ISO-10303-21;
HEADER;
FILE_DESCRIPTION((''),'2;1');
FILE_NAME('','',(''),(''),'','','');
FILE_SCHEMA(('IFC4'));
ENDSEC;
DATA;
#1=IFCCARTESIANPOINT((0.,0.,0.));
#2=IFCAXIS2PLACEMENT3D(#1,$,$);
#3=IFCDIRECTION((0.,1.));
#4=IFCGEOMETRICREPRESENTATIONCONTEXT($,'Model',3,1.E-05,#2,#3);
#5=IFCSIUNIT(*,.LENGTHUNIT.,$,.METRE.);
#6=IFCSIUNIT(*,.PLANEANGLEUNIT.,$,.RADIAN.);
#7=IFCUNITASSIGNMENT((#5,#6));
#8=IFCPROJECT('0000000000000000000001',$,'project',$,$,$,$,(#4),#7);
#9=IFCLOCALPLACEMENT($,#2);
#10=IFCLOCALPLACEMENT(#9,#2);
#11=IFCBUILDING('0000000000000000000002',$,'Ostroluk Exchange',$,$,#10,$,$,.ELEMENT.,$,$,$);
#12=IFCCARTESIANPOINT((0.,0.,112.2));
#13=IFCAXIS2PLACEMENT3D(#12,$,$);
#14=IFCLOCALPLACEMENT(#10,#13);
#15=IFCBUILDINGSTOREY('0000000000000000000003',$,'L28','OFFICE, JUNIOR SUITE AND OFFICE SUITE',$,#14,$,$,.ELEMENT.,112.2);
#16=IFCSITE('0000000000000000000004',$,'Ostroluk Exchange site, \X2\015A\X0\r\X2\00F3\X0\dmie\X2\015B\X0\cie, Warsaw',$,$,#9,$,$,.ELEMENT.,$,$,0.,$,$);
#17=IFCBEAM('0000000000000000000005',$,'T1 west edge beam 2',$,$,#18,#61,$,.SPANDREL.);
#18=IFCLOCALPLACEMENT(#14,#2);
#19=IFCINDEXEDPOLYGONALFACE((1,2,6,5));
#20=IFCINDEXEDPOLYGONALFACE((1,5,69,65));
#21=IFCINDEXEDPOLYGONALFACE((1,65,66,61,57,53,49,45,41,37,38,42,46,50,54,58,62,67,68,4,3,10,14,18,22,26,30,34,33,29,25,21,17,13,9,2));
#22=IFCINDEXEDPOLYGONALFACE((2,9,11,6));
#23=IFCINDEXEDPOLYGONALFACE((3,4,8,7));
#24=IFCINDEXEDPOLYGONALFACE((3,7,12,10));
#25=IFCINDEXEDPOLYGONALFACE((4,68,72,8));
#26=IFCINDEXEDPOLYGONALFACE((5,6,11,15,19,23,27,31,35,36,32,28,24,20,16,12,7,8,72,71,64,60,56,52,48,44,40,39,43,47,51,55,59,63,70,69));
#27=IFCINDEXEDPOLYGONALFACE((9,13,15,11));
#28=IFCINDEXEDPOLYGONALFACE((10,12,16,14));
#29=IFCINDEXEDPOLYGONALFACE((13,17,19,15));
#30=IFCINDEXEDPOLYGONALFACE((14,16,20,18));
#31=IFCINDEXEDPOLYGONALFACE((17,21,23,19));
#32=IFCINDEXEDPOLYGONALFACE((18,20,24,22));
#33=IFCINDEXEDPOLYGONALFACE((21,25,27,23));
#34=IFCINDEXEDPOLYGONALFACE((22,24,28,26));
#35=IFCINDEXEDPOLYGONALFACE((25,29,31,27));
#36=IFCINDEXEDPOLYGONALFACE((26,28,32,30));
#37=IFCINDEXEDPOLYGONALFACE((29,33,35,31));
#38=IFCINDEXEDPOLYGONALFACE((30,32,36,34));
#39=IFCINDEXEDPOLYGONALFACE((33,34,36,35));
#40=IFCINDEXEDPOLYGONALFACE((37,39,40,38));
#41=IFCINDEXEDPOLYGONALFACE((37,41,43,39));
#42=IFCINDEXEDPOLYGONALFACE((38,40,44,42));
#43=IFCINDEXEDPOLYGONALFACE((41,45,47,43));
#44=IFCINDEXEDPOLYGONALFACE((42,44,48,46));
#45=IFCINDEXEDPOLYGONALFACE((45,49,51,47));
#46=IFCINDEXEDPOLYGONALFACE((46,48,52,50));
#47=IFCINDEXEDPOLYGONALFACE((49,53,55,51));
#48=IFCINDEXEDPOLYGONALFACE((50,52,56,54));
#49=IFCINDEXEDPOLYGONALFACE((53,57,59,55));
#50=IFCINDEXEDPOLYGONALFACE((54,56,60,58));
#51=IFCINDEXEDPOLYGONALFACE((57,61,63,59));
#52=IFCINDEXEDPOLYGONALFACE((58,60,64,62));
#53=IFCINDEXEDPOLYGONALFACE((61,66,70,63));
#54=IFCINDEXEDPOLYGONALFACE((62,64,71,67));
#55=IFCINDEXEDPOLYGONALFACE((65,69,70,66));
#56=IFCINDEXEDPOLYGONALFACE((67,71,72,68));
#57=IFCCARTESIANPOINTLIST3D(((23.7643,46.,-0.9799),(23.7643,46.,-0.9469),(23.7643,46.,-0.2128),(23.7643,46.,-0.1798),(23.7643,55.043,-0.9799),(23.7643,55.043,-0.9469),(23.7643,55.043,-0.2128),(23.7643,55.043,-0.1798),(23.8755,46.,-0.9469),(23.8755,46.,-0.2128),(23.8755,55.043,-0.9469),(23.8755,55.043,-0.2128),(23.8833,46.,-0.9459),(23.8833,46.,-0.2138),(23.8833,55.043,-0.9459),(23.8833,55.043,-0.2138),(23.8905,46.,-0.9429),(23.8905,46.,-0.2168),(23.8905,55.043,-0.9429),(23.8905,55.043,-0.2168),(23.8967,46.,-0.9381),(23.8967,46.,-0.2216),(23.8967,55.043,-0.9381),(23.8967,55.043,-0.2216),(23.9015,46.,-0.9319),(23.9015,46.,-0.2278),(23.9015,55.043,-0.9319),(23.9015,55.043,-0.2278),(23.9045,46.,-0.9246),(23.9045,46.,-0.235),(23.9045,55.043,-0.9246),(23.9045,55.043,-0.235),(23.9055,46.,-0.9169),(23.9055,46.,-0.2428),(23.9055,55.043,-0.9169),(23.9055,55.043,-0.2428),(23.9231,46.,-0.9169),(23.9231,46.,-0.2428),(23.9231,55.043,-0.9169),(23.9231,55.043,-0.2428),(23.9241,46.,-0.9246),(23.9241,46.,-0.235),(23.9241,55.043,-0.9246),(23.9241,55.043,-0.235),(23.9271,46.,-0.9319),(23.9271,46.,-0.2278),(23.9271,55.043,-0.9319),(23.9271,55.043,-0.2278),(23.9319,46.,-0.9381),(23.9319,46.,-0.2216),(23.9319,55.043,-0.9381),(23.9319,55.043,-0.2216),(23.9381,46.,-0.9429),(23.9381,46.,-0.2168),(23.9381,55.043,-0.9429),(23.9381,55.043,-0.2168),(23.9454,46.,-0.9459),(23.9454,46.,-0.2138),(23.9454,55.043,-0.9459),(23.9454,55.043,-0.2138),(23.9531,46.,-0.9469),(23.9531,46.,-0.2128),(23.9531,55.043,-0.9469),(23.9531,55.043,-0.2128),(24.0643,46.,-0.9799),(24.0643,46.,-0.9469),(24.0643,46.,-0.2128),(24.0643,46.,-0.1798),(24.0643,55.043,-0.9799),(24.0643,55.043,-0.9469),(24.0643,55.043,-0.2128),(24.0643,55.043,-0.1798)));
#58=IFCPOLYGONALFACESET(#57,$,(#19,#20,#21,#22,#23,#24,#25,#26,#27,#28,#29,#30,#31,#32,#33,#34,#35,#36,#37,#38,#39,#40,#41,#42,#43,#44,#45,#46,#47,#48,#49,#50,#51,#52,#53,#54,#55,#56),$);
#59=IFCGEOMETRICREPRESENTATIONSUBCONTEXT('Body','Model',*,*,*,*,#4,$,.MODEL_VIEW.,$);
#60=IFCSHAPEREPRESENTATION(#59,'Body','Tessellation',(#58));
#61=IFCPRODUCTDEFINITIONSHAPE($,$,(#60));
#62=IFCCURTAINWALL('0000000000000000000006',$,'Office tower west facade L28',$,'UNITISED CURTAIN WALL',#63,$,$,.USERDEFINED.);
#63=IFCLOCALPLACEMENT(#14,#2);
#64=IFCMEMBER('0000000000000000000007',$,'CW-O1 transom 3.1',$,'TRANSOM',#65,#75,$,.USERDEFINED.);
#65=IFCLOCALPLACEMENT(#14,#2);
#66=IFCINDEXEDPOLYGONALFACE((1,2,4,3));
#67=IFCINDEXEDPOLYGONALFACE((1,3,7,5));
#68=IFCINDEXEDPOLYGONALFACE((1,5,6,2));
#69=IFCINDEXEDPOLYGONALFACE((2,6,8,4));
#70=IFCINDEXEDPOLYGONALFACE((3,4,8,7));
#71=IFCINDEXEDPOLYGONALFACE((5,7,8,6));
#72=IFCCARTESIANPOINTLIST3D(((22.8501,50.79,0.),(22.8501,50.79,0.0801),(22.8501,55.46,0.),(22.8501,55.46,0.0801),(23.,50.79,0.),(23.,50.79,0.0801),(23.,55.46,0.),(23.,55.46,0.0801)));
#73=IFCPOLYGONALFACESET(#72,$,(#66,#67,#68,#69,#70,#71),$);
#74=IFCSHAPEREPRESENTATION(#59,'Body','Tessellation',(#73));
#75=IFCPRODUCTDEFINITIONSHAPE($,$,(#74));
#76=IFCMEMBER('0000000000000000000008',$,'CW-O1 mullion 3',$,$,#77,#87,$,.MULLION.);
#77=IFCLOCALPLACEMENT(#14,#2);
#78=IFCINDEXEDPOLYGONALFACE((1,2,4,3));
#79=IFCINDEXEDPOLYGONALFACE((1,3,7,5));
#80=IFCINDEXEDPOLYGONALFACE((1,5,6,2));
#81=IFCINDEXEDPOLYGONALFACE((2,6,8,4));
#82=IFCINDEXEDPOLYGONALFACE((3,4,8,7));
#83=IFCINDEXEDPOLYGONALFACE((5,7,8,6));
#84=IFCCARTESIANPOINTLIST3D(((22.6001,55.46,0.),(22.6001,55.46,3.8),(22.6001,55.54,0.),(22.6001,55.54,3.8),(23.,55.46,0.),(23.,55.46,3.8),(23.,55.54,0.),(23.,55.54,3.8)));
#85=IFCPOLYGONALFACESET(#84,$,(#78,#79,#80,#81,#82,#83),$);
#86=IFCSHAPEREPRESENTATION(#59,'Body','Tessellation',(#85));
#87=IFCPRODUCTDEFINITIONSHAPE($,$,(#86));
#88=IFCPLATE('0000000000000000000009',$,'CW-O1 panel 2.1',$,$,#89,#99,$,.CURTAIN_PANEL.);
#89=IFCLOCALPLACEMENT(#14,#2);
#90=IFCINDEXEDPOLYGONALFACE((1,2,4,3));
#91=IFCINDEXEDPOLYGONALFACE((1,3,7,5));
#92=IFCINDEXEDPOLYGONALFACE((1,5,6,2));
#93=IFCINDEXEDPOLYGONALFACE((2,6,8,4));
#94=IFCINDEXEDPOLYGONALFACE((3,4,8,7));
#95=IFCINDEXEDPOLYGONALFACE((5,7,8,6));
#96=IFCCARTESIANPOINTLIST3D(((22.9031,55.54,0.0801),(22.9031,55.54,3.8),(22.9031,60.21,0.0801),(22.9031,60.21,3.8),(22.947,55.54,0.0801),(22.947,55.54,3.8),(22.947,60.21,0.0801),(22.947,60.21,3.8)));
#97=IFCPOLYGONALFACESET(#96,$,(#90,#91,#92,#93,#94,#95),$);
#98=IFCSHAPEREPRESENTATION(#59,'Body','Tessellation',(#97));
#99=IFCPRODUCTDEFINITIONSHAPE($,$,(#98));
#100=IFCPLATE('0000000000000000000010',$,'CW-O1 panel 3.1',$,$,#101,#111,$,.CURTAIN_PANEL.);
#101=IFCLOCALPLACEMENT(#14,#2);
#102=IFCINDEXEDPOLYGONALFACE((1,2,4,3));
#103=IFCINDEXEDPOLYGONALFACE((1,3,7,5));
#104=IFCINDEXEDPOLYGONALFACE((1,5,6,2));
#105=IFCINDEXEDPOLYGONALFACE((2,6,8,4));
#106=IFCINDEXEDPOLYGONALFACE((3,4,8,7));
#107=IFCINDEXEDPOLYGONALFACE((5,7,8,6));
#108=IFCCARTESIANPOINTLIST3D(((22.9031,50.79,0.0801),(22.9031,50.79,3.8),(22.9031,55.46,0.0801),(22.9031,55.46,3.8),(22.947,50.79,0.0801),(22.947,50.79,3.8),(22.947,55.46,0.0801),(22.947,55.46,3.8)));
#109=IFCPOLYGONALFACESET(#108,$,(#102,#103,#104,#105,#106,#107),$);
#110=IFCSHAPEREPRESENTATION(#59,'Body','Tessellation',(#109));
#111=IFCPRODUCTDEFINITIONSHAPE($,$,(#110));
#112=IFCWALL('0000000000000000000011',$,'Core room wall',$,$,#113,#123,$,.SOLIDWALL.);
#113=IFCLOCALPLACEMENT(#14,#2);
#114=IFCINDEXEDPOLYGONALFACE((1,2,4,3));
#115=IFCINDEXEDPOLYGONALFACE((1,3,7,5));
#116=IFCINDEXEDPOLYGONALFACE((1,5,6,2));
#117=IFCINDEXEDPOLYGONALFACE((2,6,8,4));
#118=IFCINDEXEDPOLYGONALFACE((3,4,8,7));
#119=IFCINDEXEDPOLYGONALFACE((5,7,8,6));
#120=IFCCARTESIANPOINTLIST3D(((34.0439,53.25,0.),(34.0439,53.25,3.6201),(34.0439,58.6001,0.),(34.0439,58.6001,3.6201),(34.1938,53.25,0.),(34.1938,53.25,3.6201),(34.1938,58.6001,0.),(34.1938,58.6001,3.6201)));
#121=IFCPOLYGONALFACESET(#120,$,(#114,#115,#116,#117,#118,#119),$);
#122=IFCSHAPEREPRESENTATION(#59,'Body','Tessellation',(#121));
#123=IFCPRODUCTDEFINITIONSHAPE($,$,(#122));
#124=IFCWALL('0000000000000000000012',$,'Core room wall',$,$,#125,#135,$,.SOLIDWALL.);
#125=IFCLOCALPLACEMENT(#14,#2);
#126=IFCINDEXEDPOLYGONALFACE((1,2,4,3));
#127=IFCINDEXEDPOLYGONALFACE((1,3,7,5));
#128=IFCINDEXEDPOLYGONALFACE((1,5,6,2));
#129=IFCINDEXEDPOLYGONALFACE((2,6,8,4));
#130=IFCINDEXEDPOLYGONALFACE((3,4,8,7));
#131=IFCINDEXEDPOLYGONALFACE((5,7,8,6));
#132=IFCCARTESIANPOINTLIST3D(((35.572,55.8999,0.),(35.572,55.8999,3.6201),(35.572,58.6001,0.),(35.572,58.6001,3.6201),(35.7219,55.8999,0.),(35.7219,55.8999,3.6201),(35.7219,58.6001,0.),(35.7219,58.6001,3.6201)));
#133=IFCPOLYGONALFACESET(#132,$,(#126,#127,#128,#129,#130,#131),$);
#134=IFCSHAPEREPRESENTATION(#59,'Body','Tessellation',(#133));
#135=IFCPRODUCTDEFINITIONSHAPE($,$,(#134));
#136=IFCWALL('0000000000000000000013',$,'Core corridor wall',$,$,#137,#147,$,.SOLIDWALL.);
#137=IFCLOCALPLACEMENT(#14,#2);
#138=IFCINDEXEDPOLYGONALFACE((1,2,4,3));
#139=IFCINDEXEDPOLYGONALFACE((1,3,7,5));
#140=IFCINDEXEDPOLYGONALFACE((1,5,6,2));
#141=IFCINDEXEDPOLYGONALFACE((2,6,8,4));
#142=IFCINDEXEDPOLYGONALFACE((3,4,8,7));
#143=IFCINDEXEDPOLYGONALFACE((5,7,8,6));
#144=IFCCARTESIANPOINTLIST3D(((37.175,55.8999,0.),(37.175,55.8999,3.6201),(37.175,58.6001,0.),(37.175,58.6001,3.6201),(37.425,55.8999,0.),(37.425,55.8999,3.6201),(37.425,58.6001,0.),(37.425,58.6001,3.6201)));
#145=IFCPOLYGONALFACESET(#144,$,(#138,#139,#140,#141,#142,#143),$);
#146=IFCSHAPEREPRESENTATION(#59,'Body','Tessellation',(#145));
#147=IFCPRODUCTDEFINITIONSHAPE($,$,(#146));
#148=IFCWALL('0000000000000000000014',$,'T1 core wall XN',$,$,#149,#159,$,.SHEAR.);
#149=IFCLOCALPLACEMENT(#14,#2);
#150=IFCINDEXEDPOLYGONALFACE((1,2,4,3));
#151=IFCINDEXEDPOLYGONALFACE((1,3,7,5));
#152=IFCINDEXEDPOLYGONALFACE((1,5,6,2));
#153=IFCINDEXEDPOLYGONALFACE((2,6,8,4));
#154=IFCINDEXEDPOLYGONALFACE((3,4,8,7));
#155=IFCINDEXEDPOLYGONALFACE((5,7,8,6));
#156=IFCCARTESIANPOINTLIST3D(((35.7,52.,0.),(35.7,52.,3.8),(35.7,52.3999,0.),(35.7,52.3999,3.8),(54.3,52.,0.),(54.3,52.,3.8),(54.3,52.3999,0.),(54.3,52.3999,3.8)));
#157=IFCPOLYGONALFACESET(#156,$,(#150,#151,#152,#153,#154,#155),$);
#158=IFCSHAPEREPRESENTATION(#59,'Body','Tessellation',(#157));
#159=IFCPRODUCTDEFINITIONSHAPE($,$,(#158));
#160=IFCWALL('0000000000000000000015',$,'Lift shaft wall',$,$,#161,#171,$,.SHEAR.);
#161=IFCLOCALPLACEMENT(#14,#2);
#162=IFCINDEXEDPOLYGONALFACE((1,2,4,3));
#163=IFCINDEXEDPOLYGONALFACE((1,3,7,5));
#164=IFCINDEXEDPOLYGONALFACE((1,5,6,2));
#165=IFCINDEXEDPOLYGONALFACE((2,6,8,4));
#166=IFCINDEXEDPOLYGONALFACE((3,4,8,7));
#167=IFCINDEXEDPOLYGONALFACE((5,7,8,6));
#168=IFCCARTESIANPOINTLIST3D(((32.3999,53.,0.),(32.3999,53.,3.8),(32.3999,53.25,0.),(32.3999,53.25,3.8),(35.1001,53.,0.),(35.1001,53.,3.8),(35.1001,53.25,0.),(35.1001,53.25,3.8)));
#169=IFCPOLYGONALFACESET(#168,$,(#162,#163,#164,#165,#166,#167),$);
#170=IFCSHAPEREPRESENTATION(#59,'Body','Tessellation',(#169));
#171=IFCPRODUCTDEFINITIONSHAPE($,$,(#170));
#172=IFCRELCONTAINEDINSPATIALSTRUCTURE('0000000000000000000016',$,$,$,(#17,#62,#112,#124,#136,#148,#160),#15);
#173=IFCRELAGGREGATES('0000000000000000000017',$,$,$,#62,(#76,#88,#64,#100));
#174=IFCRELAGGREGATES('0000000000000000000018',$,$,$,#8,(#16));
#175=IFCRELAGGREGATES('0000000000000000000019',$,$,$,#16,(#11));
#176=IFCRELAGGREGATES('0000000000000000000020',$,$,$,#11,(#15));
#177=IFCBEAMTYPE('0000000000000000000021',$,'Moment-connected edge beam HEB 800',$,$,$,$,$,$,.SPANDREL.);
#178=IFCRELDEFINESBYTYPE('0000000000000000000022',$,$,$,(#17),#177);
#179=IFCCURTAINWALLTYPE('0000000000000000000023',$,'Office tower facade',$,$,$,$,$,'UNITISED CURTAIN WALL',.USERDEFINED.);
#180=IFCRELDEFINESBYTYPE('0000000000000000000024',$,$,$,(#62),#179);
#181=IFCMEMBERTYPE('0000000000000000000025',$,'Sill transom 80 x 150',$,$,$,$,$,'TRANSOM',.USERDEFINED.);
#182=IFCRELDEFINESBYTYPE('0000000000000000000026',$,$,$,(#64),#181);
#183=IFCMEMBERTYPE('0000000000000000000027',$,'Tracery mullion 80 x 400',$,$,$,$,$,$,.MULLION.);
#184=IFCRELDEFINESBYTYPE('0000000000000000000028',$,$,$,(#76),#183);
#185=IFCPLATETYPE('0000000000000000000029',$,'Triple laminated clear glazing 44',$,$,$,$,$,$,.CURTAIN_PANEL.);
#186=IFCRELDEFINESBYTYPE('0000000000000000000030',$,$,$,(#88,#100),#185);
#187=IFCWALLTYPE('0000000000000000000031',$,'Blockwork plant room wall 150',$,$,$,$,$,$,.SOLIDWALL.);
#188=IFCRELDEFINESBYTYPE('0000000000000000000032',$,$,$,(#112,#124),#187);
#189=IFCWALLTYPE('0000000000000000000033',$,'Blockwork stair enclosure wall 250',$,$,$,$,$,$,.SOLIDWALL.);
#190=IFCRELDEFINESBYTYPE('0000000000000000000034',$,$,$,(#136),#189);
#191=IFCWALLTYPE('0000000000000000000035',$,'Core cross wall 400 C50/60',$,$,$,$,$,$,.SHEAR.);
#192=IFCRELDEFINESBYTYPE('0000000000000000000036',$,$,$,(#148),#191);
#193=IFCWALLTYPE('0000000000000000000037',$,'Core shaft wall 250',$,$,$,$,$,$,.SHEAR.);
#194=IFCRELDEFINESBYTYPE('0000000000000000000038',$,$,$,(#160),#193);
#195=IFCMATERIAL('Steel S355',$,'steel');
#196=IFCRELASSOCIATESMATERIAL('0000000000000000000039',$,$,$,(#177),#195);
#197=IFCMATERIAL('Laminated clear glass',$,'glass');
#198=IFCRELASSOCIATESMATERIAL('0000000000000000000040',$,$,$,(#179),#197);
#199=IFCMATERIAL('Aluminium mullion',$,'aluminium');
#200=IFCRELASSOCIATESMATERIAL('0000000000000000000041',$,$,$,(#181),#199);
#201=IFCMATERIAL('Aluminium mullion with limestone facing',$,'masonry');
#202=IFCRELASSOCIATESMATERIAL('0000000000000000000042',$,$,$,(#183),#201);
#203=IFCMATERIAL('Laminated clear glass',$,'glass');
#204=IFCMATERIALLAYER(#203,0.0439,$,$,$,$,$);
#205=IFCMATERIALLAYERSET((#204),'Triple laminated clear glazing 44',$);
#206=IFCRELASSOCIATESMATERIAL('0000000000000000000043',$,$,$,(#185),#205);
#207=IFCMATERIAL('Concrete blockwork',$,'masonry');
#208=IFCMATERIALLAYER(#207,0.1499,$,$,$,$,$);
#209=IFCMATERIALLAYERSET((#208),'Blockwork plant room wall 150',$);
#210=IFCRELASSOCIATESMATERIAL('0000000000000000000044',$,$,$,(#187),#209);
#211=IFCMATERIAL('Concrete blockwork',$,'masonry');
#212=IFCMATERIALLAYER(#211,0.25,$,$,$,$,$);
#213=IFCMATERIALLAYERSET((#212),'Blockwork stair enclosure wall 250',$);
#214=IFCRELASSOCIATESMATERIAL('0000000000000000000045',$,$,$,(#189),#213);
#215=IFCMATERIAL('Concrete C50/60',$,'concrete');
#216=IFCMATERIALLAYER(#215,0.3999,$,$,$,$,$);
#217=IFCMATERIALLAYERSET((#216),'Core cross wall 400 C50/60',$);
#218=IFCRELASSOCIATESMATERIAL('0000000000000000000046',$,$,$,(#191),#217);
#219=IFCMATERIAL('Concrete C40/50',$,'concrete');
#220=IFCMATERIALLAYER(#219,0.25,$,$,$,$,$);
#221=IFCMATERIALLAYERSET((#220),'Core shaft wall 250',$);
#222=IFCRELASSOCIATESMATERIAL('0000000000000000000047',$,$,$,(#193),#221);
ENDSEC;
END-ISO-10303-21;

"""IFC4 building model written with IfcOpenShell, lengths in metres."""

from ifc_helpers import new_model, si_unit, direction, frame, frame_2d, origin, origin_2d, place, context, subcontext, project, spatial, rectangle, i_section, extrude, material, layer, layer_set, material_profile, profile_set, type_object, element, aggregate, save


model = new_model("IFC4")

# Units and contexts
model_context = context("Model", 3, precision=1e-05, world=origin(), true_north=direction((0.0, 1.0)))
body_context = subcontext(model_context, "Body", "Model", "MODEL_VIEW")
ifc_project = project(units=[si_unit("LENGTHUNIT", "METRE"), si_unit("PLANEANGLEUNIT", "RADIAN")], contexts=[model_context])

# Site, building, storey
site_placement = place(None, origin())
site = spatial("IfcSite", under=ifc_project, at=site_placement, Name="Ostroluk Exchange site, Śródmieście, Warsaw", CompositionType="ELEMENT", RefElevation=0.0)
building_placement = place(site_placement, origin())
building = spatial("IfcBuilding", under=site, at=building_placement, Name="Ostroluk Exchange", CompositionType="ELEMENT")
storey_placement = place(building_placement, frame((0.0, 0.0, 112.2)))
storey = spatial("IfcBuildingStorey", under=building, at=storey_placement, Name="L28", Description="OFFICE, JUNIOR SUITE AND OFFICE SUITE", CompositionType="ELEMENT", Elevation=112.2)

# Beam
ifc_material_1 = material(Name="Steel S355", Category="steel")
ifc_material_profile_1 = material_profile(ifc_material_1, i_section(OverallWidth=0.3, OverallDepth=0.8, WebThickness=0.0176, FlangeThickness=0.033, FilletRadius=0.03, at=origin_2d()), Name="HEB 800")
ifc_profile_set_1 = profile_set([ifc_material_profile_1], Name="Steel S355")
beam_type_1 = type_object("IfcBeamType", Name="Moment-connected edge beam HEB 800", PredefinedType="SPANDREL", material=ifc_profile_set_1)
beam_1_placement = place(storey_placement, frame((23.9143, 55.043, -0.5798), z_axis=(0.0, -1.0, 0.0), x_axis=(1.0, 0.0, 0.0)))
element("IfcBeam", 1, at=beam_1_placement, inside=storey, type_object=beam_type_1, Name="T1 west edge beam 2", PredefinedType="SPANDREL", context=body_context, shape_type="SweptSolid", body=[
    extrude(i_section(OverallWidth=0.3, OverallDepth=0.8, WebThickness=0.0176, FlangeThickness=0.033, FilletRadius=0.03, at=origin_2d()), origin(), (0.0, 0.0, 1.0), 9.043),
])

# Curtain wall, members, plates
ifc_material_2 = material(Name="Laminated clear glass", Category="glass")
curtain_wall_type = type_object("IfcCurtainWallType", Name="Office tower facade", ElementType="UNITISED CURTAIN WALL", PredefinedType="USERDEFINED", material=ifc_material_2)
curtain_wall_placement = place(storey_placement, origin())
curtain_wall = element("IfcCurtainWall", 2, at=curtain_wall_placement, inside=storey, type_object=curtain_wall_type, Name="Office tower west facade L28", ObjectType="UNITISED CURTAIN WALL", PredefinedType="USERDEFINED")
ifc_material_3 = material(Name="Aluminium mullion", Category="aluminium")
ifc_material_profile_2 = material_profile(ifc_material_3, rectangle(XDim=0.1499, YDim=0.0801, at=origin_2d()), Name="Sill transom 80 x 150")
ifc_profile_set_2 = profile_set([ifc_material_profile_2], Name="Aluminium mullion")
member_type_1 = type_object("IfcMemberType", Name="Sill transom 80 x 150", ElementType="TRANSOM", PredefinedType="USERDEFINED", material=ifc_profile_set_2)
member_1_placement = place(storey_placement, frame((22.925, 55.46, 0.04), z_axis=(0.0, -1.0, 0.0), x_axis=(1.0, 0.0, 0.0)))
member_1 = element("IfcMember", 3, at=member_1_placement, type_object=member_type_1, Name="CW-O1 transom 3.1", ObjectType="TRANSOM", PredefinedType="USERDEFINED", context=body_context, shape_type="SweptSolid", body=[
    extrude(rectangle(XDim=0.1499, YDim=0.0801, at=origin_2d()), origin(), (0.0, 0.0, 1.0), 4.6699),
])
ifc_material_4 = material(Name="Aluminium mullion with limestone facing", Category="masonry")
ifc_material_profile_3 = material_profile(ifc_material_4, rectangle(XDim=0.3999, YDim=0.0801, at=origin_2d()), Name="Tracery mullion 80 x 400")
ifc_profile_set_3 = profile_set([ifc_material_profile_3], Name="Aluminium mullion with limestone facing")
member_type_2 = type_object("IfcMemberType", Name="Tracery mullion 80 x 400", PredefinedType="MULLION", material=ifc_profile_set_3)
member_2_placement = place(storey_placement, frame((22.8, 55.5, 0.0), z_axis=(0.0, 0.0, 1.0), x_axis=(1.0, 0.0, 0.0)))
member_2 = element("IfcMember", 4, at=member_2_placement, type_object=member_type_2, Name="CW-O1 mullion 3", PredefinedType="MULLION", context=body_context, shape_type="SweptSolid", body=[
    extrude(rectangle(XDim=0.3999, YDim=0.0801, at=origin_2d()), origin(), (0.0, 0.0, 1.0), 3.8),
])
ifc_material_5 = material(Name="Laminated clear glass", Category="glass")
ifc_layer_1 = layer(ifc_material_5, 0.0439)
ifc_layer_set_1 = layer_set([ifc_layer_1], Name="Triple laminated clear glazing 44")
plate_type = type_object("IfcPlateType", Name="Triple laminated clear glazing 44", PredefinedType="CURTAIN_PANEL", material=ifc_layer_set_1)
plate_1_placement = place(storey_placement, frame((22.925, 57.875, 0.0801), z_axis=(0.0, 0.0, 1.0), x_axis=(0.0, -1.0, 0.0)))
plate_1 = element("IfcPlate", 5, at=plate_1_placement, type_object=plate_type, Name="CW-O1 panel 2.1", PredefinedType="CURTAIN_PANEL", context=body_context, shape_type="SweptSolid", body=[
    extrude(rectangle(XDim=4.6699, YDim=0.0439, at=origin_2d()), origin(), (0.0, 0.0, 1.0), 3.72),
])
plate_2_placement = place(storey_placement, frame((22.925, 53.125, 0.0801), z_axis=(0.0, 0.0, 1.0), x_axis=(0.0, -1.0, 0.0)))
plate_2 = element("IfcPlate", 6, at=plate_2_placement, type_object=plate_type, Name="CW-O1 panel 3.1", PredefinedType="CURTAIN_PANEL", context=body_context, shape_type="SweptSolid", body=[
    extrude(rectangle(XDim=4.6699, YDim=0.0439, at=origin_2d()), origin(), (0.0, 0.0, 1.0), 3.72),
])
aggregate(curtain_wall, [member_2, plate_1, member_1, plate_2])

# Walls
ifc_material_6 = material(Name="Concrete blockwork", Category="masonry")
ifc_layer_2 = layer(ifc_material_6, 0.1499)
ifc_layer_set_2 = layer_set([ifc_layer_2], Name="Blockwork plant room wall 150")
wall_type_1 = type_object("IfcWallType", Name="Blockwork plant room wall 150", PredefinedType="SOLIDWALL", material=ifc_layer_set_2)
wall_1_placement = place(storey_placement, frame((34.1189, 53.25, 0.0), z_axis=(0.0, 0.0, 1.0), x_axis=(0.0, 1.0, 0.0)))
element("IfcWall", 7, at=wall_1_placement, inside=storey, type_object=wall_type_1, Name="Core room wall", PredefinedType="SOLIDWALL", context=body_context, shape_type="SweptSolid", body=[
    extrude(rectangle(XDim=5.3501, YDim=0.1499, at=frame_2d((2.675, 0.0))), origin(), (0.0, 0.0, 1.0), 3.6201),
])
wall_2_placement = place(storey_placement, frame((35.647, 55.8999, 0.0), z_axis=(0.0, 0.0, 1.0), x_axis=(0.0, 1.0, 0.0)))
element("IfcWall", 8, at=wall_2_placement, inside=storey, type_object=wall_type_1, Name="Core room wall", PredefinedType="SOLIDWALL", context=body_context, shape_type="SweptSolid", body=[
    extrude(rectangle(XDim=2.7002, YDim=0.1499, at=frame_2d((1.3501, 0.0))), origin(), (0.0, 0.0, 1.0), 3.6201),
])
ifc_material_7 = material(Name="Concrete blockwork", Category="masonry")
ifc_layer_3 = layer(ifc_material_7, 0.25)
ifc_layer_set_3 = layer_set([ifc_layer_3], Name="Blockwork stair enclosure wall 250")
wall_type_2 = type_object("IfcWallType", Name="Blockwork stair enclosure wall 250", PredefinedType="SOLIDWALL", material=ifc_layer_set_3)
wall_3_placement = place(storey_placement, frame((37.3, 55.8999, 0.0), z_axis=(0.0, 0.0, 1.0), x_axis=(0.0, 1.0, 0.0)))
element("IfcWall", 9, at=wall_3_placement, inside=storey, type_object=wall_type_2, Name="Core corridor wall", PredefinedType="SOLIDWALL", context=body_context, shape_type="SweptSolid", body=[
    extrude(rectangle(XDim=2.7002, YDim=0.25, at=frame_2d((1.3501, 0.0))), origin(), (0.0, 0.0, 1.0), 3.6201),
])
ifc_material_8 = material(Name="Concrete C50/60", Category="concrete")
ifc_layer_4 = layer(ifc_material_8, 0.3999)
ifc_layer_set_4 = layer_set([ifc_layer_4], Name="Core cross wall 400 C50/60")
wall_type_3 = type_object("IfcWallType", Name="Core cross wall 400 C50/60", PredefinedType="SHEAR", material=ifc_layer_set_4)
wall_4_placement = place(storey_placement, frame((35.7, 52.2, 0.0), z_axis=(0.0, 0.0, 1.0), x_axis=(1.0, 0.0, 0.0)))
element("IfcWall", 10, at=wall_4_placement, inside=storey, type_object=wall_type_3, Name="T1 core wall XN", PredefinedType="SHEAR", context=body_context, shape_type="SweptSolid", body=[
    extrude(rectangle(XDim=18.6001, YDim=0.3999, at=frame_2d((9.3, 0.0))), origin(), (0.0, 0.0, 1.0), 3.8),
])
ifc_material_9 = material(Name="Concrete C40/50", Category="concrete")
ifc_layer_5 = layer(ifc_material_9, 0.25)
ifc_layer_set_5 = layer_set([ifc_layer_5], Name="Core shaft wall 250")
wall_type_4 = type_object("IfcWallType", Name="Core shaft wall 250", PredefinedType="SHEAR", material=ifc_layer_set_5)
wall_5_placement = place(storey_placement, frame((32.3999, 53.125, 0.0), z_axis=(0.0, 0.0, 1.0), x_axis=(1.0, 0.0, 0.0)))
element("IfcWall", 11, at=wall_5_placement, inside=storey, type_object=wall_type_4, Name="Lift shaft wall", PredefinedType="SHEAR", context=body_context, shape_type="SweptSolid", body=[
    extrude(rectangle(XDim=2.7002, YDim=0.25, at=frame_2d((1.3501, 0.0))), origin(), (0.0, 0.0, 1.0), 3.8),
])

save(model, "model.ifc")
